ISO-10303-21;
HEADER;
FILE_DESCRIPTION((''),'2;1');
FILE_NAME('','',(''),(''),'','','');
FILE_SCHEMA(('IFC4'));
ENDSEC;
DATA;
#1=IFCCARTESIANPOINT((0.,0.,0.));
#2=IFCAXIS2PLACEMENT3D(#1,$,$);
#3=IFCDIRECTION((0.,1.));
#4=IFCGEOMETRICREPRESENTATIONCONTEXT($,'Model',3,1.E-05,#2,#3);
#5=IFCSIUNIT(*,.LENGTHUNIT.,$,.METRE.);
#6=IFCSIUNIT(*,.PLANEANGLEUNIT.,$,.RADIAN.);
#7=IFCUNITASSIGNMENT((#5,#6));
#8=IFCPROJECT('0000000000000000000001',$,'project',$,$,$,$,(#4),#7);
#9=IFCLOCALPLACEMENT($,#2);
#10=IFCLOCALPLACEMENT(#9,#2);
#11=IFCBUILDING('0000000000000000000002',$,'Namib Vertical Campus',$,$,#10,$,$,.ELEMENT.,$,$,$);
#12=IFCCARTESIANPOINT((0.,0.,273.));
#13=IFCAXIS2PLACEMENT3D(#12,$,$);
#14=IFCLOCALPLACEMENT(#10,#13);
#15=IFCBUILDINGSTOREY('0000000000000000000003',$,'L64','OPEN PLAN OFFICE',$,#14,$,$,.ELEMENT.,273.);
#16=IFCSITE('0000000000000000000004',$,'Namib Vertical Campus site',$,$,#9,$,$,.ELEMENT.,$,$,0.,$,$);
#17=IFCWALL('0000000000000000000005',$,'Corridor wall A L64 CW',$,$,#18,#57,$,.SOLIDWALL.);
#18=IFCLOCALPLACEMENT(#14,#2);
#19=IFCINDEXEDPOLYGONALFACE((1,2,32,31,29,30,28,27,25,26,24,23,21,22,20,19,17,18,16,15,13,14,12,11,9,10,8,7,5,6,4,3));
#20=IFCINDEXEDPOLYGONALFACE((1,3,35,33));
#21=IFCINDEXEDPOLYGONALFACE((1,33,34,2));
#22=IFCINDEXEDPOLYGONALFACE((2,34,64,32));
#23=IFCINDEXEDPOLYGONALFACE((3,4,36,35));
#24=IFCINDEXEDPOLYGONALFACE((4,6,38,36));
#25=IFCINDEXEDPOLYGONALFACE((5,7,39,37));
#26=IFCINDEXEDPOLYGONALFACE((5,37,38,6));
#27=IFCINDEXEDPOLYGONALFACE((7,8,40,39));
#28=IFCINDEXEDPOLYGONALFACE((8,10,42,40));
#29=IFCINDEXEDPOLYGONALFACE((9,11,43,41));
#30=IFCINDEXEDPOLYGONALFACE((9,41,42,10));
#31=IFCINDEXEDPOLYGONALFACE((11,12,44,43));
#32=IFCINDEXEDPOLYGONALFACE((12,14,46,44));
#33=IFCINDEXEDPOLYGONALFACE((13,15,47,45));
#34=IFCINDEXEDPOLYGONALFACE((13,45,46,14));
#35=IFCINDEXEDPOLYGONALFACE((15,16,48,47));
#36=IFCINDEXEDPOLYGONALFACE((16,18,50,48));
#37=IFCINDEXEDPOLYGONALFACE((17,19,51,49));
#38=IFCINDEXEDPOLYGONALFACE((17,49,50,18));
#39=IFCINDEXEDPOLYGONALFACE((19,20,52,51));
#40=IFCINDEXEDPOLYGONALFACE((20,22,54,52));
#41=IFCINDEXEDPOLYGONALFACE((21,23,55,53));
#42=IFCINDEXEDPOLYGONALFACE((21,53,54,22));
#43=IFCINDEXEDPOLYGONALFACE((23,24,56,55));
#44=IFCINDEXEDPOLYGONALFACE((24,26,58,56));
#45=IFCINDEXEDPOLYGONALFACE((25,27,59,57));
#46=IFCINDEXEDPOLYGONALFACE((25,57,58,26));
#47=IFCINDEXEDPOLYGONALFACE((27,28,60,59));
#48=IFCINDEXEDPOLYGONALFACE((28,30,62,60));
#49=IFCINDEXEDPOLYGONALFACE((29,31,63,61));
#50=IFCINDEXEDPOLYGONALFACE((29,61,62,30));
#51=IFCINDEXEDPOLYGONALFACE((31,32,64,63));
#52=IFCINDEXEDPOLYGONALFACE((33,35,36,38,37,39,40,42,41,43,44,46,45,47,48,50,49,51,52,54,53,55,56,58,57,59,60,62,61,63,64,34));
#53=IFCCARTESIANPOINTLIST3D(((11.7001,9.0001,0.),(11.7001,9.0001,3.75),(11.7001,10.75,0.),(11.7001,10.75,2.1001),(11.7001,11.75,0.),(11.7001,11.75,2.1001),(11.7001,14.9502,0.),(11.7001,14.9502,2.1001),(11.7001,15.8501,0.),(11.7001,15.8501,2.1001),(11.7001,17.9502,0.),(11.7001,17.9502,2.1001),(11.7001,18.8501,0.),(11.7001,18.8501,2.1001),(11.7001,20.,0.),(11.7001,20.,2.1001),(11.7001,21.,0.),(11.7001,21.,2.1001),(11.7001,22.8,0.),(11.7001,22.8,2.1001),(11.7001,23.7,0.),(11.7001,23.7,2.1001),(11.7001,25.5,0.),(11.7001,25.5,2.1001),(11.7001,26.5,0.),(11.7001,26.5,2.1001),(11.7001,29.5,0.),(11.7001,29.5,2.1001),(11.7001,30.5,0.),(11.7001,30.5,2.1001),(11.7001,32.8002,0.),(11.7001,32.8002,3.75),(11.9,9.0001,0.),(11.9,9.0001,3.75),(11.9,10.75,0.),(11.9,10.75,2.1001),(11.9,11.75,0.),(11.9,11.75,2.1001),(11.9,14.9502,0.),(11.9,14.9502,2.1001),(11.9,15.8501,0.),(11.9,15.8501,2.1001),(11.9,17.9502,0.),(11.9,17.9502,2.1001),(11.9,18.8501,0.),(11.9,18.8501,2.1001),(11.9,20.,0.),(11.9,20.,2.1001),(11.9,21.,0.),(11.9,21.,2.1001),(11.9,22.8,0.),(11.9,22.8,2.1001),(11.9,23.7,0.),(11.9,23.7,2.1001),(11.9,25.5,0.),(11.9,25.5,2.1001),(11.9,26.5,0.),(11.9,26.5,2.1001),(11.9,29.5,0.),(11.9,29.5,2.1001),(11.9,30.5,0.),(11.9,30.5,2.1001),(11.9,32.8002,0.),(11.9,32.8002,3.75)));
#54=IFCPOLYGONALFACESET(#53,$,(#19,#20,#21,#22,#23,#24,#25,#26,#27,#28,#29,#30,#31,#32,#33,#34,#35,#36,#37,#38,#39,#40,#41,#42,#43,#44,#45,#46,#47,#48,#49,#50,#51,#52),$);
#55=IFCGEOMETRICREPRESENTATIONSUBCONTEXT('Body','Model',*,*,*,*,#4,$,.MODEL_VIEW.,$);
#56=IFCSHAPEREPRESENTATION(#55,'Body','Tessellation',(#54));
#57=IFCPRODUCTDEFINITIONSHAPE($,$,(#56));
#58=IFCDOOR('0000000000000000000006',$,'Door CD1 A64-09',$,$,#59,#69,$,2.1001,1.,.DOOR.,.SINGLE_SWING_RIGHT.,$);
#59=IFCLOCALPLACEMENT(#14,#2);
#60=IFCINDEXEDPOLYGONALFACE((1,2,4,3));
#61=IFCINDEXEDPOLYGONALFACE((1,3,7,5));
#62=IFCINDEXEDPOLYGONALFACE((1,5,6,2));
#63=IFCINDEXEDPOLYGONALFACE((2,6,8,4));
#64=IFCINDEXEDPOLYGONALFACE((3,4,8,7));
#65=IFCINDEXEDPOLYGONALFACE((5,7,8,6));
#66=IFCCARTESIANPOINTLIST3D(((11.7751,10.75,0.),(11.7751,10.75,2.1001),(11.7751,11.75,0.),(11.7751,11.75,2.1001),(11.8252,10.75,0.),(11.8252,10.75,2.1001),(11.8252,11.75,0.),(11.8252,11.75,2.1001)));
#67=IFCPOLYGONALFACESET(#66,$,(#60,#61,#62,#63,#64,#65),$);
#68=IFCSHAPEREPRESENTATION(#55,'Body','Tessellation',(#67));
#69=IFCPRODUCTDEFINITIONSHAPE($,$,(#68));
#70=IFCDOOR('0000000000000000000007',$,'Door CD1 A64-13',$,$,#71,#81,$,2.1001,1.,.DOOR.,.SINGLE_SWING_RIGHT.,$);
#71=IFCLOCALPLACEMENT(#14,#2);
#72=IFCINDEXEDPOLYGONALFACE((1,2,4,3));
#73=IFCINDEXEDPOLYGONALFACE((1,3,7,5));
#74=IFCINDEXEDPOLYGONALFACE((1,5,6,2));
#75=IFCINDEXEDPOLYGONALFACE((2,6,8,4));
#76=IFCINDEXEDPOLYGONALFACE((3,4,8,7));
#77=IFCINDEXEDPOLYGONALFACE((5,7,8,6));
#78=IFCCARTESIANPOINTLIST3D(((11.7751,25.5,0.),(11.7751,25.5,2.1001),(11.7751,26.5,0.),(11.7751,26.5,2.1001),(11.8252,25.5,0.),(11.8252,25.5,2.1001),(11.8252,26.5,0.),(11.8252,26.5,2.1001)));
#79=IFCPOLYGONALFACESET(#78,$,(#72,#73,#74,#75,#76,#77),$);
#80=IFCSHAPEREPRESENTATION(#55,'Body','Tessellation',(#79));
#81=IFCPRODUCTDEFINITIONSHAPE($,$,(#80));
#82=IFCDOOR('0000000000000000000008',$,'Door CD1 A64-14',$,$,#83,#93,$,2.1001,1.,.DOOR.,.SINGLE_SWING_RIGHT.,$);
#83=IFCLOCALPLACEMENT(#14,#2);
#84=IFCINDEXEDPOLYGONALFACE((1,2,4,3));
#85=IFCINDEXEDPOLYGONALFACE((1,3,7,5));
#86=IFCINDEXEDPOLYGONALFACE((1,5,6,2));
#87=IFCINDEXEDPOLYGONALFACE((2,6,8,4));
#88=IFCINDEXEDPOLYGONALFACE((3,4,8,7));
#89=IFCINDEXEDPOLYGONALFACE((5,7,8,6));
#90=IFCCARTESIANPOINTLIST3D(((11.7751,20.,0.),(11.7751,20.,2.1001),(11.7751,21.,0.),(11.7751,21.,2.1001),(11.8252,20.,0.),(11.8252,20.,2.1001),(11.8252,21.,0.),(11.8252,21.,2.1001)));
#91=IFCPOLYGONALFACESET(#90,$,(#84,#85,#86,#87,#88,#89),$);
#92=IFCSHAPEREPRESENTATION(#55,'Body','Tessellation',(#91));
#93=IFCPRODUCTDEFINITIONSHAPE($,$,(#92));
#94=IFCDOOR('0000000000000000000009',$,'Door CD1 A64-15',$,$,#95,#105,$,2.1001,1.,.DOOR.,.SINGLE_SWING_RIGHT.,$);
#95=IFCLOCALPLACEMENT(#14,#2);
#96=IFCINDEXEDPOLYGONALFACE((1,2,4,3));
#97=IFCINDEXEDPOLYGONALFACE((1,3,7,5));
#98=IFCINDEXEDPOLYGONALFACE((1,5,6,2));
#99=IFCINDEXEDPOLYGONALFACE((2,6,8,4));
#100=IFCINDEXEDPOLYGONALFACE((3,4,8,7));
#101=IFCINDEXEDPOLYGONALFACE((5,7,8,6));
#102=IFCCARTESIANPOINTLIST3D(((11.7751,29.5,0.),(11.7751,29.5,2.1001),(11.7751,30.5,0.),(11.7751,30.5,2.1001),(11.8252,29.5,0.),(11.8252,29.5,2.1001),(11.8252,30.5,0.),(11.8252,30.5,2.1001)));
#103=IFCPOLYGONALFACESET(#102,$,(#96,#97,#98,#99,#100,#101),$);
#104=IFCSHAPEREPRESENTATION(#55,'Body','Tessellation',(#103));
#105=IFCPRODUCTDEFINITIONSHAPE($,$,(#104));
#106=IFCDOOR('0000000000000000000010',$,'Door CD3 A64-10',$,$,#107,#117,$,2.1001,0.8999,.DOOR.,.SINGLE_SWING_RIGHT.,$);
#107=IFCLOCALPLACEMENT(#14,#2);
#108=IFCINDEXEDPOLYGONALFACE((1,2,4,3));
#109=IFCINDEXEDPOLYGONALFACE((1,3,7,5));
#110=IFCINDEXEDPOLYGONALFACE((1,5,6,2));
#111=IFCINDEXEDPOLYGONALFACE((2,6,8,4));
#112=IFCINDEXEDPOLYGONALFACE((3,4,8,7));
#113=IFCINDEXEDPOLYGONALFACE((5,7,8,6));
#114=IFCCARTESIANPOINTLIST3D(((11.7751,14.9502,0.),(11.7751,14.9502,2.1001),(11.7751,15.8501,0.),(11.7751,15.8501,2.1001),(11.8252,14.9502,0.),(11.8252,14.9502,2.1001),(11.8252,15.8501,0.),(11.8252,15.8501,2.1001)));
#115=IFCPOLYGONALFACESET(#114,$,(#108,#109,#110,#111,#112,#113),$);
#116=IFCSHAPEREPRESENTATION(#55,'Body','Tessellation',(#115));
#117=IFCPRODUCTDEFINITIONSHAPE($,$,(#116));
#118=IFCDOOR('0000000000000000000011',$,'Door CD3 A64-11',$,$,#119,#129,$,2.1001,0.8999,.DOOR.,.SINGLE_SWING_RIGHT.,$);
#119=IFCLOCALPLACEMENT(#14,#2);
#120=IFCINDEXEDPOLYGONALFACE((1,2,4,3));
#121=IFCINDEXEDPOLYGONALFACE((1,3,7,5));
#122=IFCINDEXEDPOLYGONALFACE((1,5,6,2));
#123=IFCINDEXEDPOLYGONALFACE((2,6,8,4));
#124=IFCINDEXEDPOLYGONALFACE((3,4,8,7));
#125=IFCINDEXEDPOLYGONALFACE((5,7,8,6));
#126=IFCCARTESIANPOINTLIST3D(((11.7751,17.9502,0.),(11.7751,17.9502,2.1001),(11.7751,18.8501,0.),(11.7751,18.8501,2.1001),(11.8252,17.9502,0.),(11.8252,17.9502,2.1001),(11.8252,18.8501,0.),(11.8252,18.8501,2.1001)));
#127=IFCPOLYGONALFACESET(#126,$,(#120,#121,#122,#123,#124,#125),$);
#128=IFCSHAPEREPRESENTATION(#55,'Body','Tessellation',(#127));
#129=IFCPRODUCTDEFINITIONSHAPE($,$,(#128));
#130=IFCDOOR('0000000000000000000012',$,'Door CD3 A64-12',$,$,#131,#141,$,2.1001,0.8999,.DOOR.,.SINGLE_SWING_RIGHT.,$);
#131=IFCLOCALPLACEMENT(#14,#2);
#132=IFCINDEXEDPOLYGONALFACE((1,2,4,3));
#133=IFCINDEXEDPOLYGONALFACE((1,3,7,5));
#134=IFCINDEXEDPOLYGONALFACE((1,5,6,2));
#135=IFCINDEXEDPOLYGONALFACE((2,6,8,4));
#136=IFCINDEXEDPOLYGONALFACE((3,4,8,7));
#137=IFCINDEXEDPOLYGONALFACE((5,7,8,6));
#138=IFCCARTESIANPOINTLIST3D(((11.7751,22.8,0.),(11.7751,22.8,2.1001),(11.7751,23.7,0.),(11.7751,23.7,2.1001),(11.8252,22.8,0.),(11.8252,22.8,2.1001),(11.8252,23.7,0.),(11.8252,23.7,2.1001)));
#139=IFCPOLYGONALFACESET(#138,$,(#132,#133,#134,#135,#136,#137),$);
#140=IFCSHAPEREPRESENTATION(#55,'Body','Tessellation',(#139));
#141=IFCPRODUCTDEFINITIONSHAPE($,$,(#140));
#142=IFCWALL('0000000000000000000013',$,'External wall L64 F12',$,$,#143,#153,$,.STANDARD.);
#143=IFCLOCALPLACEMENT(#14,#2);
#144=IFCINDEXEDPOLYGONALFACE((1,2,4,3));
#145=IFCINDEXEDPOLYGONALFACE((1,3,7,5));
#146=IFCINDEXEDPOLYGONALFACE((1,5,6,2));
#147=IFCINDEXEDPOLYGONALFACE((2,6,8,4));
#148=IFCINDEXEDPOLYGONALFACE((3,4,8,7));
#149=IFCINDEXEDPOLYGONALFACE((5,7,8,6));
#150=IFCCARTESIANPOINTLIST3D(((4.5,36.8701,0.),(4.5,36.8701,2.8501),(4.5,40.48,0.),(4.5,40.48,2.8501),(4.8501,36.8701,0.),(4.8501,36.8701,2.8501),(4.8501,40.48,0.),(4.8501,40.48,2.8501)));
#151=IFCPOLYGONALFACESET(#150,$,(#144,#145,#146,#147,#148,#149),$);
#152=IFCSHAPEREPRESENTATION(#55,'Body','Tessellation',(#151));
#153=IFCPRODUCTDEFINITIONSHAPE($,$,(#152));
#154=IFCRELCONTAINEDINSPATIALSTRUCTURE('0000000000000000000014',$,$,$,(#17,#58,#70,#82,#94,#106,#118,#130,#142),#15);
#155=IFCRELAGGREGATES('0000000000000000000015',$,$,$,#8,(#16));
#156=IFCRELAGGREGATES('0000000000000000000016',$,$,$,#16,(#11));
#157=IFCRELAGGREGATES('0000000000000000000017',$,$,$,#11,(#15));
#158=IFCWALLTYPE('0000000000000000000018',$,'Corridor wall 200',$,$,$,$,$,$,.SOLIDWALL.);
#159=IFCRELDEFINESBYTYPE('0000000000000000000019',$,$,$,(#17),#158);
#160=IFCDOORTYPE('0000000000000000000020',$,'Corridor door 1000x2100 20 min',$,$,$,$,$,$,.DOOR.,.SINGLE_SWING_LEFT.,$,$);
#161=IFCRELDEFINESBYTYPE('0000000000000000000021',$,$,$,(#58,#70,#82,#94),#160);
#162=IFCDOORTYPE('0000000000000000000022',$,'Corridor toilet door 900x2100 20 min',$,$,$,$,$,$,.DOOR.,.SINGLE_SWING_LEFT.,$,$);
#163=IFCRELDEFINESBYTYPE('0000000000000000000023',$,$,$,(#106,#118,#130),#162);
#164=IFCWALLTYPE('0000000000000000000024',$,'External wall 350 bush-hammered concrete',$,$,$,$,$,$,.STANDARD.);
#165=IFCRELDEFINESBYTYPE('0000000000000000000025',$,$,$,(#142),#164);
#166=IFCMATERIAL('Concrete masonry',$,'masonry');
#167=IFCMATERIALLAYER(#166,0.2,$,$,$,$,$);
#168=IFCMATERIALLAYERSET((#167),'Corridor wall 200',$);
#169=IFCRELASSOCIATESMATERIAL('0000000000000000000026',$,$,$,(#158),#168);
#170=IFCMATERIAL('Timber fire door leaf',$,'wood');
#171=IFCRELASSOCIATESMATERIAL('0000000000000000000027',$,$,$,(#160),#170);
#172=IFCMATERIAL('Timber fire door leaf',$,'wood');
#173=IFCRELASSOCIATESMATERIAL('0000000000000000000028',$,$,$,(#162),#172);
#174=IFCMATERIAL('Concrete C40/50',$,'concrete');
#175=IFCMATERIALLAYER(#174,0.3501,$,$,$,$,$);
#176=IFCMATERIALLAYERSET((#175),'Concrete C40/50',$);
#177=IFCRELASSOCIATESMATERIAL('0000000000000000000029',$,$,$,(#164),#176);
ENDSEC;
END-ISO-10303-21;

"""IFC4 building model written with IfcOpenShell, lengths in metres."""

from ifc_helpers import new_model, si_unit, direction, frame, frame_2d, origin, place, context, subcontext, project, spatial, rectangle, extrude, material, layer, layer_set, type_object, element, fill, save


model = new_model("IFC4")

# Units and contexts
model_context = context("Model", 3, precision=1e-05, world=origin(), true_north=direction((0.0, 1.0)))
body_context = subcontext(model_context, "Body", "Model", "MODEL_VIEW")
ifc_project = project(units=[si_unit("LENGTHUNIT", "METRE"), si_unit("PLANEANGLEUNIT", "RADIAN")], contexts=[model_context])

# Site, building, storey
site_placement = place(None, origin())
site = spatial("IfcSite", under=ifc_project, at=site_placement, Name="Namib Vertical Campus site", CompositionType="ELEMENT", RefElevation=0.0)
building_placement = place(site_placement, origin())
building = spatial("IfcBuilding", under=site, at=building_placement, Name="Namib Vertical Campus", CompositionType="ELEMENT")
storey_placement = place(building_placement, frame((0.0, 0.0, 273.0)))
storey = spatial("IfcBuildingStorey", under=building, at=storey_placement, Name="L64", Description="OPEN PLAN OFFICE", CompositionType="ELEMENT", Elevation=273.0)

# Wall, openings, doors
ifc_material_1 = material(Name="Concrete masonry", Category="masonry")
ifc_layer_1 = layer(ifc_material_1, 0.2)
ifc_layer_set_1 = layer_set([ifc_layer_1], Name="Corridor wall 200")
wall_type_1 = type_object("IfcWallType", Name="Corridor wall 200", PredefinedType="SOLIDWALL", material=ifc_layer_set_1)
wall_1_placement = place(storey_placement, frame((11.8, 32.8, 0.0), z_axis=(0.0, 0.0, 1.0), x_axis=(0.0, -1.0, 0.0)))
wall_1 = element("IfcWall", 1, at=wall_1_placement, inside=storey, type_object=wall_type_1, Name="Corridor wall A L64 CW", PredefinedType="SOLIDWALL", context=body_context, shape_type="SweptSolid", body=[
    extrude(rectangle(XDim=23.8, YDim=0.2, at=frame_2d((11.8999, 0.0))), origin(), (0.0, 0.0, 1.0), 3.75),
])
opening_1_placement = place(wall_1_placement, frame((21.05, 0.0, 0.0)))
opening_1 = element("IfcOpeningElement", 2, at=opening_1_placement, cuts=wall_1, PredefinedType="OPENING", context=body_context, shape_type="SweptSolid", body=[
    extrude(rectangle(XDim=1.0, YDim=2.1001, at=frame_2d((0.5, 1.05))), frame((0.0, 0.1099, 0.0), z_axis=(0.0, -1.0, 0.0), x_axis=(1.0, 0.0, 0.0)), (0.0, 0.0, 1.0), 0.22),
])
opening_2_placement = place(wall_1_placement, frame((16.95, 0.0, 0.0)))
opening_2 = element("IfcOpeningElement", 3, at=opening_2_placement, cuts=wall_1, PredefinedType="OPENING", context=body_context, shape_type="SweptSolid", body=[
    extrude(rectangle(XDim=0.8999, YDim=2.1001, at=frame_2d((0.45, 1.05))), frame((0.0, 0.1099, 0.0), z_axis=(0.0, -1.0, 0.0), x_axis=(1.0, 0.0, 0.0)), (0.0, 0.0, 1.0), 0.22),
])
opening_3_placement = place(wall_1_placement, frame((13.95, 0.0, 0.0)))
opening_3 = element("IfcOpeningElement", 4, at=opening_3_placement, cuts=wall_1, PredefinedType="OPENING", context=body_context, shape_type="SweptSolid", body=[
    extrude(rectangle(XDim=0.8999, YDim=2.1001, at=frame_2d((0.45, 1.05))), frame((0.0, 0.1099, 0.0), z_axis=(0.0, -1.0, 0.0), x_axis=(1.0, 0.0, 0.0)), (0.0, 0.0, 1.0), 0.22),
])
opening_4_placement = place(wall_1_placement, frame((9.1001, 0.0, 0.0)))
opening_4 = element("IfcOpeningElement", 5, at=opening_4_placement, cuts=wall_1, PredefinedType="OPENING", context=body_context, shape_type="SweptSolid", body=[
    extrude(rectangle(XDim=0.8999, YDim=2.1001, at=frame_2d((0.45, 1.05))), frame((0.0, 0.1099, 0.0), z_axis=(0.0, -1.0, 0.0), x_axis=(1.0, 0.0, 0.0)), (0.0, 0.0, 1.0), 0.22),
])
opening_5_placement = place(wall_1_placement, frame((6.3, 0.0, 0.0)))
opening_5 = element("IfcOpeningElement", 6, at=opening_5_placement, cuts=wall_1, PredefinedType="OPENING", context=body_context, shape_type="SweptSolid", body=[
    extrude(rectangle(XDim=1.0, YDim=2.1001, at=frame_2d((0.5, 1.05))), frame((0.0, 0.1099, 0.0), z_axis=(0.0, -1.0, 0.0), x_axis=(1.0, 0.0, 0.0)), (0.0, 0.0, 1.0), 0.22),
])
opening_6_placement = place(wall_1_placement, frame((11.8, 0.0, 0.0)))
opening_6 = element("IfcOpeningElement", 7, at=opening_6_placement, cuts=wall_1, PredefinedType="OPENING", context=body_context, shape_type="SweptSolid", body=[
    extrude(rectangle(XDim=1.0, YDim=2.1001, at=frame_2d((0.5, 1.05))), frame((0.0, 0.1099, 0.0), z_axis=(0.0, -1.0, 0.0), x_axis=(1.0, 0.0, 0.0)), (0.0, 0.0, 1.0), 0.22),
])
opening_7_placement = place(wall_1_placement, frame((2.3, 0.0, 0.0)))
opening_7 = element("IfcOpeningElement", 8, at=opening_7_placement, cuts=wall_1, PredefinedType="OPENING", context=body_context, shape_type="SweptSolid", body=[
    extrude(rectangle(XDim=1.0, YDim=2.1001, at=frame_2d((0.5, 1.05))), frame((0.0, 0.1099, 0.0), z_axis=(0.0, -1.0, 0.0), x_axis=(1.0, 0.0, 0.0)), (0.0, 0.0, 1.0), 0.22),
])
ifc_material_2 = material(Name="Timber fire door leaf", Category="wood")
door_type_1 = type_object("IfcDoorType", Name="Corridor door 1000x2100 20 min", OperationType="SINGLE_SWING_LEFT", PredefinedType="DOOR", material=ifc_material_2)
door_1_placement = place(opening_1_placement, frame((1.0, 0.0, 0.0), z_axis=(0.0, 0.0, 1.0), x_axis=(-1.0, 0.0, 0.0)))
door_1 = element("IfcDoor", 9, at=door_1_placement, inside=storey, type_object=door_type_1, Name="Door CD1 A64-09", OperationType="SINGLE_SWING_RIGHT", OverallHeight=2.1001, OverallWidth=1.0, PredefinedType="DOOR", context=body_context, shape_type="SweptSolid", body=[
    extrude(rectangle(XDim=1.0, YDim=2.1001, at=frame_2d((0.5, 1.05))), frame((0.0, 0.0249, 0.0), z_axis=(0.0, -1.0, 0.0), x_axis=(1.0, 0.0, 0.0)), (0.0, 0.0, 1.0), 0.05),
])
fill(opening_1, door_1)
door_2_placement = place(opening_5_placement, frame((1.0, 0.0, 0.0), z_axis=(0.0, 0.0, 1.0), x_axis=(-1.0, 0.0, 0.0)))
door_2 = element("IfcDoor", 10, at=door_2_placement, inside=storey, type_object=door_type_1, Name="Door CD1 A64-13", OperationType="SINGLE_SWING_RIGHT", OverallHeight=2.1001, OverallWidth=1.0, PredefinedType="DOOR", context=body_context, shape_type="SweptSolid", body=[
    extrude(rectangle(XDim=1.0, YDim=2.1001, at=frame_2d((0.5, 1.05))), frame((0.0, 0.0249, 0.0), z_axis=(0.0, -1.0, 0.0), x_axis=(1.0, 0.0, 0.0)), (0.0, 0.0, 1.0), 0.05),
])
fill(opening_5, door_2)
door_3_placement = place(opening_6_placement, frame((1.0, 0.0, 0.0), z_axis=(0.0, 0.0, 1.0), x_axis=(-1.0, 0.0, 0.0)))
door_3 = element("IfcDoor", 11, at=door_3_placement, inside=storey, type_object=door_type_1, Name="Door CD1 A64-14", OperationType="SINGLE_SWING_RIGHT", OverallHeight=2.1001, OverallWidth=1.0, PredefinedType="DOOR", context=body_context, shape_type="SweptSolid", body=[
    extrude(rectangle(XDim=1.0, YDim=2.1001, at=frame_2d((0.5, 1.05))), frame((0.0, 0.0249, 0.0), z_axis=(0.0, -1.0, 0.0), x_axis=(1.0, 0.0, 0.0)), (0.0, 0.0, 1.0), 0.05),
])
fill(opening_6, door_3)
door_4_placement = place(opening_7_placement, frame((1.0, 0.0, 0.0), z_axis=(0.0, 0.0, 1.0), x_axis=(-1.0, 0.0, 0.0)))
door_4 = element("IfcDoor", 12, at=door_4_placement, inside=storey, type_object=door_type_1, Name="Door CD1 A64-15", OperationType="SINGLE_SWING_RIGHT", OverallHeight=2.1001, OverallWidth=1.0, PredefinedType="DOOR", context=body_context, shape_type="SweptSolid", body=[
    extrude(rectangle(XDim=1.0, YDim=2.1001, at=frame_2d((0.5, 1.05))), frame((0.0, 0.0249, 0.0), z_axis=(0.0, -1.0, 0.0), x_axis=(1.0, 0.0, 0.0)), (0.0, 0.0, 1.0), 0.05),
])
fill(opening_7, door_4)
ifc_material_3 = material(Name="Timber fire door leaf", Category="wood")
door_type_2 = type_object("IfcDoorType", Name="Corridor toilet door 900x2100 20 min", OperationType="SINGLE_SWING_LEFT", PredefinedType="DOOR", material=ifc_material_3)
door_5_placement = place(opening_2_placement, frame((0.8999, 0.0, 0.0), z_axis=(0.0, 0.0, 1.0), x_axis=(-1.0, 0.0, 0.0)))
door_5 = element("IfcDoor", 13, at=door_5_placement, inside=storey, type_object=door_type_2, Name="Door CD3 A64-10", OperationType="SINGLE_SWING_RIGHT", OverallHeight=2.1001, OverallWidth=0.8999, PredefinedType="DOOR", context=body_context, shape_type="SweptSolid", body=[
    extrude(rectangle(XDim=0.8999, YDim=2.1001, at=frame_2d((0.45, 1.05))), frame((0.0, 0.0249, 0.0), z_axis=(0.0, -1.0, 0.0), x_axis=(1.0, 0.0, 0.0)), (0.0, 0.0, 1.0), 0.05),
])
fill(opening_2, door_5)
door_6_placement = place(opening_3_placement, frame((0.8999, 0.0, 0.0), z_axis=(0.0, 0.0, 1.0), x_axis=(-1.0, 0.0, 0.0)))
door_6 = element("IfcDoor", 14, at=door_6_placement, inside=storey, type_object=door_type_2, Name="Door CD3 A64-11", OperationType="SINGLE_SWING_RIGHT", OverallHeight=2.1001, OverallWidth=0.8999, PredefinedType="DOOR", context=body_context, shape_type="SweptSolid", body=[
    extrude(rectangle(XDim=0.8999, YDim=2.1001, at=frame_2d((0.45, 1.05))), frame((0.0, 0.0249, 0.0), z_axis=(0.0, -1.0, 0.0), x_axis=(1.0, 0.0, 0.0)), (0.0, 0.0, 1.0), 0.05),
])
fill(opening_3, door_6)
door_7_placement = place(opening_4_placement, frame((0.8999, 0.0, 0.0), z_axis=(0.0, 0.0, 1.0), x_axis=(-1.0, 0.0, 0.0)))
door_7 = element("IfcDoor", 15, at=door_7_placement, inside=storey, type_object=door_type_2, Name="Door CD3 A64-12", OperationType="SINGLE_SWING_RIGHT", OverallHeight=2.1001, OverallWidth=0.8999, PredefinedType="DOOR", context=body_context, shape_type="SweptSolid", body=[
    extrude(rectangle(XDim=0.8999, YDim=2.1001, at=frame_2d((0.45, 1.05))), frame((0.0, 0.0249, 0.0), z_axis=(0.0, -1.0, 0.0), x_axis=(1.0, 0.0, 0.0)), (0.0, 0.0, 1.0), 0.05),
])
fill(opening_4, door_7)

# Wall
ifc_material_4 = material(Name="Concrete C40/50", Category="concrete")
ifc_layer_2 = layer(ifc_material_4, 0.3501)
ifc_layer_set_2 = layer_set([ifc_layer_2], Name="Concrete C40/50")
wall_type_2 = type_object("IfcWallType", Name="External wall 350 bush-hammered concrete", PredefinedType="STANDARD", material=ifc_layer_set_2)
wall_2_placement = place(storey_placement, frame((4.675, 40.48, 0.0), z_axis=(0.0, 0.0, 1.0), x_axis=(0.0, -1.0, 0.0)))
element("IfcWall", 16, at=wall_2_placement, inside=storey, type_object=wall_type_2, Name="External wall L64 F12", PredefinedType="STANDARD", context=body_context, shape_type="SweptSolid", body=[
    extrude(rectangle(XDim=3.6099, YDim=0.3501, at=frame_2d((1.8049, 0.0))), origin(), (0.0, 0.0, 1.0), 2.8501),
])

save(model, "model.ifc")
